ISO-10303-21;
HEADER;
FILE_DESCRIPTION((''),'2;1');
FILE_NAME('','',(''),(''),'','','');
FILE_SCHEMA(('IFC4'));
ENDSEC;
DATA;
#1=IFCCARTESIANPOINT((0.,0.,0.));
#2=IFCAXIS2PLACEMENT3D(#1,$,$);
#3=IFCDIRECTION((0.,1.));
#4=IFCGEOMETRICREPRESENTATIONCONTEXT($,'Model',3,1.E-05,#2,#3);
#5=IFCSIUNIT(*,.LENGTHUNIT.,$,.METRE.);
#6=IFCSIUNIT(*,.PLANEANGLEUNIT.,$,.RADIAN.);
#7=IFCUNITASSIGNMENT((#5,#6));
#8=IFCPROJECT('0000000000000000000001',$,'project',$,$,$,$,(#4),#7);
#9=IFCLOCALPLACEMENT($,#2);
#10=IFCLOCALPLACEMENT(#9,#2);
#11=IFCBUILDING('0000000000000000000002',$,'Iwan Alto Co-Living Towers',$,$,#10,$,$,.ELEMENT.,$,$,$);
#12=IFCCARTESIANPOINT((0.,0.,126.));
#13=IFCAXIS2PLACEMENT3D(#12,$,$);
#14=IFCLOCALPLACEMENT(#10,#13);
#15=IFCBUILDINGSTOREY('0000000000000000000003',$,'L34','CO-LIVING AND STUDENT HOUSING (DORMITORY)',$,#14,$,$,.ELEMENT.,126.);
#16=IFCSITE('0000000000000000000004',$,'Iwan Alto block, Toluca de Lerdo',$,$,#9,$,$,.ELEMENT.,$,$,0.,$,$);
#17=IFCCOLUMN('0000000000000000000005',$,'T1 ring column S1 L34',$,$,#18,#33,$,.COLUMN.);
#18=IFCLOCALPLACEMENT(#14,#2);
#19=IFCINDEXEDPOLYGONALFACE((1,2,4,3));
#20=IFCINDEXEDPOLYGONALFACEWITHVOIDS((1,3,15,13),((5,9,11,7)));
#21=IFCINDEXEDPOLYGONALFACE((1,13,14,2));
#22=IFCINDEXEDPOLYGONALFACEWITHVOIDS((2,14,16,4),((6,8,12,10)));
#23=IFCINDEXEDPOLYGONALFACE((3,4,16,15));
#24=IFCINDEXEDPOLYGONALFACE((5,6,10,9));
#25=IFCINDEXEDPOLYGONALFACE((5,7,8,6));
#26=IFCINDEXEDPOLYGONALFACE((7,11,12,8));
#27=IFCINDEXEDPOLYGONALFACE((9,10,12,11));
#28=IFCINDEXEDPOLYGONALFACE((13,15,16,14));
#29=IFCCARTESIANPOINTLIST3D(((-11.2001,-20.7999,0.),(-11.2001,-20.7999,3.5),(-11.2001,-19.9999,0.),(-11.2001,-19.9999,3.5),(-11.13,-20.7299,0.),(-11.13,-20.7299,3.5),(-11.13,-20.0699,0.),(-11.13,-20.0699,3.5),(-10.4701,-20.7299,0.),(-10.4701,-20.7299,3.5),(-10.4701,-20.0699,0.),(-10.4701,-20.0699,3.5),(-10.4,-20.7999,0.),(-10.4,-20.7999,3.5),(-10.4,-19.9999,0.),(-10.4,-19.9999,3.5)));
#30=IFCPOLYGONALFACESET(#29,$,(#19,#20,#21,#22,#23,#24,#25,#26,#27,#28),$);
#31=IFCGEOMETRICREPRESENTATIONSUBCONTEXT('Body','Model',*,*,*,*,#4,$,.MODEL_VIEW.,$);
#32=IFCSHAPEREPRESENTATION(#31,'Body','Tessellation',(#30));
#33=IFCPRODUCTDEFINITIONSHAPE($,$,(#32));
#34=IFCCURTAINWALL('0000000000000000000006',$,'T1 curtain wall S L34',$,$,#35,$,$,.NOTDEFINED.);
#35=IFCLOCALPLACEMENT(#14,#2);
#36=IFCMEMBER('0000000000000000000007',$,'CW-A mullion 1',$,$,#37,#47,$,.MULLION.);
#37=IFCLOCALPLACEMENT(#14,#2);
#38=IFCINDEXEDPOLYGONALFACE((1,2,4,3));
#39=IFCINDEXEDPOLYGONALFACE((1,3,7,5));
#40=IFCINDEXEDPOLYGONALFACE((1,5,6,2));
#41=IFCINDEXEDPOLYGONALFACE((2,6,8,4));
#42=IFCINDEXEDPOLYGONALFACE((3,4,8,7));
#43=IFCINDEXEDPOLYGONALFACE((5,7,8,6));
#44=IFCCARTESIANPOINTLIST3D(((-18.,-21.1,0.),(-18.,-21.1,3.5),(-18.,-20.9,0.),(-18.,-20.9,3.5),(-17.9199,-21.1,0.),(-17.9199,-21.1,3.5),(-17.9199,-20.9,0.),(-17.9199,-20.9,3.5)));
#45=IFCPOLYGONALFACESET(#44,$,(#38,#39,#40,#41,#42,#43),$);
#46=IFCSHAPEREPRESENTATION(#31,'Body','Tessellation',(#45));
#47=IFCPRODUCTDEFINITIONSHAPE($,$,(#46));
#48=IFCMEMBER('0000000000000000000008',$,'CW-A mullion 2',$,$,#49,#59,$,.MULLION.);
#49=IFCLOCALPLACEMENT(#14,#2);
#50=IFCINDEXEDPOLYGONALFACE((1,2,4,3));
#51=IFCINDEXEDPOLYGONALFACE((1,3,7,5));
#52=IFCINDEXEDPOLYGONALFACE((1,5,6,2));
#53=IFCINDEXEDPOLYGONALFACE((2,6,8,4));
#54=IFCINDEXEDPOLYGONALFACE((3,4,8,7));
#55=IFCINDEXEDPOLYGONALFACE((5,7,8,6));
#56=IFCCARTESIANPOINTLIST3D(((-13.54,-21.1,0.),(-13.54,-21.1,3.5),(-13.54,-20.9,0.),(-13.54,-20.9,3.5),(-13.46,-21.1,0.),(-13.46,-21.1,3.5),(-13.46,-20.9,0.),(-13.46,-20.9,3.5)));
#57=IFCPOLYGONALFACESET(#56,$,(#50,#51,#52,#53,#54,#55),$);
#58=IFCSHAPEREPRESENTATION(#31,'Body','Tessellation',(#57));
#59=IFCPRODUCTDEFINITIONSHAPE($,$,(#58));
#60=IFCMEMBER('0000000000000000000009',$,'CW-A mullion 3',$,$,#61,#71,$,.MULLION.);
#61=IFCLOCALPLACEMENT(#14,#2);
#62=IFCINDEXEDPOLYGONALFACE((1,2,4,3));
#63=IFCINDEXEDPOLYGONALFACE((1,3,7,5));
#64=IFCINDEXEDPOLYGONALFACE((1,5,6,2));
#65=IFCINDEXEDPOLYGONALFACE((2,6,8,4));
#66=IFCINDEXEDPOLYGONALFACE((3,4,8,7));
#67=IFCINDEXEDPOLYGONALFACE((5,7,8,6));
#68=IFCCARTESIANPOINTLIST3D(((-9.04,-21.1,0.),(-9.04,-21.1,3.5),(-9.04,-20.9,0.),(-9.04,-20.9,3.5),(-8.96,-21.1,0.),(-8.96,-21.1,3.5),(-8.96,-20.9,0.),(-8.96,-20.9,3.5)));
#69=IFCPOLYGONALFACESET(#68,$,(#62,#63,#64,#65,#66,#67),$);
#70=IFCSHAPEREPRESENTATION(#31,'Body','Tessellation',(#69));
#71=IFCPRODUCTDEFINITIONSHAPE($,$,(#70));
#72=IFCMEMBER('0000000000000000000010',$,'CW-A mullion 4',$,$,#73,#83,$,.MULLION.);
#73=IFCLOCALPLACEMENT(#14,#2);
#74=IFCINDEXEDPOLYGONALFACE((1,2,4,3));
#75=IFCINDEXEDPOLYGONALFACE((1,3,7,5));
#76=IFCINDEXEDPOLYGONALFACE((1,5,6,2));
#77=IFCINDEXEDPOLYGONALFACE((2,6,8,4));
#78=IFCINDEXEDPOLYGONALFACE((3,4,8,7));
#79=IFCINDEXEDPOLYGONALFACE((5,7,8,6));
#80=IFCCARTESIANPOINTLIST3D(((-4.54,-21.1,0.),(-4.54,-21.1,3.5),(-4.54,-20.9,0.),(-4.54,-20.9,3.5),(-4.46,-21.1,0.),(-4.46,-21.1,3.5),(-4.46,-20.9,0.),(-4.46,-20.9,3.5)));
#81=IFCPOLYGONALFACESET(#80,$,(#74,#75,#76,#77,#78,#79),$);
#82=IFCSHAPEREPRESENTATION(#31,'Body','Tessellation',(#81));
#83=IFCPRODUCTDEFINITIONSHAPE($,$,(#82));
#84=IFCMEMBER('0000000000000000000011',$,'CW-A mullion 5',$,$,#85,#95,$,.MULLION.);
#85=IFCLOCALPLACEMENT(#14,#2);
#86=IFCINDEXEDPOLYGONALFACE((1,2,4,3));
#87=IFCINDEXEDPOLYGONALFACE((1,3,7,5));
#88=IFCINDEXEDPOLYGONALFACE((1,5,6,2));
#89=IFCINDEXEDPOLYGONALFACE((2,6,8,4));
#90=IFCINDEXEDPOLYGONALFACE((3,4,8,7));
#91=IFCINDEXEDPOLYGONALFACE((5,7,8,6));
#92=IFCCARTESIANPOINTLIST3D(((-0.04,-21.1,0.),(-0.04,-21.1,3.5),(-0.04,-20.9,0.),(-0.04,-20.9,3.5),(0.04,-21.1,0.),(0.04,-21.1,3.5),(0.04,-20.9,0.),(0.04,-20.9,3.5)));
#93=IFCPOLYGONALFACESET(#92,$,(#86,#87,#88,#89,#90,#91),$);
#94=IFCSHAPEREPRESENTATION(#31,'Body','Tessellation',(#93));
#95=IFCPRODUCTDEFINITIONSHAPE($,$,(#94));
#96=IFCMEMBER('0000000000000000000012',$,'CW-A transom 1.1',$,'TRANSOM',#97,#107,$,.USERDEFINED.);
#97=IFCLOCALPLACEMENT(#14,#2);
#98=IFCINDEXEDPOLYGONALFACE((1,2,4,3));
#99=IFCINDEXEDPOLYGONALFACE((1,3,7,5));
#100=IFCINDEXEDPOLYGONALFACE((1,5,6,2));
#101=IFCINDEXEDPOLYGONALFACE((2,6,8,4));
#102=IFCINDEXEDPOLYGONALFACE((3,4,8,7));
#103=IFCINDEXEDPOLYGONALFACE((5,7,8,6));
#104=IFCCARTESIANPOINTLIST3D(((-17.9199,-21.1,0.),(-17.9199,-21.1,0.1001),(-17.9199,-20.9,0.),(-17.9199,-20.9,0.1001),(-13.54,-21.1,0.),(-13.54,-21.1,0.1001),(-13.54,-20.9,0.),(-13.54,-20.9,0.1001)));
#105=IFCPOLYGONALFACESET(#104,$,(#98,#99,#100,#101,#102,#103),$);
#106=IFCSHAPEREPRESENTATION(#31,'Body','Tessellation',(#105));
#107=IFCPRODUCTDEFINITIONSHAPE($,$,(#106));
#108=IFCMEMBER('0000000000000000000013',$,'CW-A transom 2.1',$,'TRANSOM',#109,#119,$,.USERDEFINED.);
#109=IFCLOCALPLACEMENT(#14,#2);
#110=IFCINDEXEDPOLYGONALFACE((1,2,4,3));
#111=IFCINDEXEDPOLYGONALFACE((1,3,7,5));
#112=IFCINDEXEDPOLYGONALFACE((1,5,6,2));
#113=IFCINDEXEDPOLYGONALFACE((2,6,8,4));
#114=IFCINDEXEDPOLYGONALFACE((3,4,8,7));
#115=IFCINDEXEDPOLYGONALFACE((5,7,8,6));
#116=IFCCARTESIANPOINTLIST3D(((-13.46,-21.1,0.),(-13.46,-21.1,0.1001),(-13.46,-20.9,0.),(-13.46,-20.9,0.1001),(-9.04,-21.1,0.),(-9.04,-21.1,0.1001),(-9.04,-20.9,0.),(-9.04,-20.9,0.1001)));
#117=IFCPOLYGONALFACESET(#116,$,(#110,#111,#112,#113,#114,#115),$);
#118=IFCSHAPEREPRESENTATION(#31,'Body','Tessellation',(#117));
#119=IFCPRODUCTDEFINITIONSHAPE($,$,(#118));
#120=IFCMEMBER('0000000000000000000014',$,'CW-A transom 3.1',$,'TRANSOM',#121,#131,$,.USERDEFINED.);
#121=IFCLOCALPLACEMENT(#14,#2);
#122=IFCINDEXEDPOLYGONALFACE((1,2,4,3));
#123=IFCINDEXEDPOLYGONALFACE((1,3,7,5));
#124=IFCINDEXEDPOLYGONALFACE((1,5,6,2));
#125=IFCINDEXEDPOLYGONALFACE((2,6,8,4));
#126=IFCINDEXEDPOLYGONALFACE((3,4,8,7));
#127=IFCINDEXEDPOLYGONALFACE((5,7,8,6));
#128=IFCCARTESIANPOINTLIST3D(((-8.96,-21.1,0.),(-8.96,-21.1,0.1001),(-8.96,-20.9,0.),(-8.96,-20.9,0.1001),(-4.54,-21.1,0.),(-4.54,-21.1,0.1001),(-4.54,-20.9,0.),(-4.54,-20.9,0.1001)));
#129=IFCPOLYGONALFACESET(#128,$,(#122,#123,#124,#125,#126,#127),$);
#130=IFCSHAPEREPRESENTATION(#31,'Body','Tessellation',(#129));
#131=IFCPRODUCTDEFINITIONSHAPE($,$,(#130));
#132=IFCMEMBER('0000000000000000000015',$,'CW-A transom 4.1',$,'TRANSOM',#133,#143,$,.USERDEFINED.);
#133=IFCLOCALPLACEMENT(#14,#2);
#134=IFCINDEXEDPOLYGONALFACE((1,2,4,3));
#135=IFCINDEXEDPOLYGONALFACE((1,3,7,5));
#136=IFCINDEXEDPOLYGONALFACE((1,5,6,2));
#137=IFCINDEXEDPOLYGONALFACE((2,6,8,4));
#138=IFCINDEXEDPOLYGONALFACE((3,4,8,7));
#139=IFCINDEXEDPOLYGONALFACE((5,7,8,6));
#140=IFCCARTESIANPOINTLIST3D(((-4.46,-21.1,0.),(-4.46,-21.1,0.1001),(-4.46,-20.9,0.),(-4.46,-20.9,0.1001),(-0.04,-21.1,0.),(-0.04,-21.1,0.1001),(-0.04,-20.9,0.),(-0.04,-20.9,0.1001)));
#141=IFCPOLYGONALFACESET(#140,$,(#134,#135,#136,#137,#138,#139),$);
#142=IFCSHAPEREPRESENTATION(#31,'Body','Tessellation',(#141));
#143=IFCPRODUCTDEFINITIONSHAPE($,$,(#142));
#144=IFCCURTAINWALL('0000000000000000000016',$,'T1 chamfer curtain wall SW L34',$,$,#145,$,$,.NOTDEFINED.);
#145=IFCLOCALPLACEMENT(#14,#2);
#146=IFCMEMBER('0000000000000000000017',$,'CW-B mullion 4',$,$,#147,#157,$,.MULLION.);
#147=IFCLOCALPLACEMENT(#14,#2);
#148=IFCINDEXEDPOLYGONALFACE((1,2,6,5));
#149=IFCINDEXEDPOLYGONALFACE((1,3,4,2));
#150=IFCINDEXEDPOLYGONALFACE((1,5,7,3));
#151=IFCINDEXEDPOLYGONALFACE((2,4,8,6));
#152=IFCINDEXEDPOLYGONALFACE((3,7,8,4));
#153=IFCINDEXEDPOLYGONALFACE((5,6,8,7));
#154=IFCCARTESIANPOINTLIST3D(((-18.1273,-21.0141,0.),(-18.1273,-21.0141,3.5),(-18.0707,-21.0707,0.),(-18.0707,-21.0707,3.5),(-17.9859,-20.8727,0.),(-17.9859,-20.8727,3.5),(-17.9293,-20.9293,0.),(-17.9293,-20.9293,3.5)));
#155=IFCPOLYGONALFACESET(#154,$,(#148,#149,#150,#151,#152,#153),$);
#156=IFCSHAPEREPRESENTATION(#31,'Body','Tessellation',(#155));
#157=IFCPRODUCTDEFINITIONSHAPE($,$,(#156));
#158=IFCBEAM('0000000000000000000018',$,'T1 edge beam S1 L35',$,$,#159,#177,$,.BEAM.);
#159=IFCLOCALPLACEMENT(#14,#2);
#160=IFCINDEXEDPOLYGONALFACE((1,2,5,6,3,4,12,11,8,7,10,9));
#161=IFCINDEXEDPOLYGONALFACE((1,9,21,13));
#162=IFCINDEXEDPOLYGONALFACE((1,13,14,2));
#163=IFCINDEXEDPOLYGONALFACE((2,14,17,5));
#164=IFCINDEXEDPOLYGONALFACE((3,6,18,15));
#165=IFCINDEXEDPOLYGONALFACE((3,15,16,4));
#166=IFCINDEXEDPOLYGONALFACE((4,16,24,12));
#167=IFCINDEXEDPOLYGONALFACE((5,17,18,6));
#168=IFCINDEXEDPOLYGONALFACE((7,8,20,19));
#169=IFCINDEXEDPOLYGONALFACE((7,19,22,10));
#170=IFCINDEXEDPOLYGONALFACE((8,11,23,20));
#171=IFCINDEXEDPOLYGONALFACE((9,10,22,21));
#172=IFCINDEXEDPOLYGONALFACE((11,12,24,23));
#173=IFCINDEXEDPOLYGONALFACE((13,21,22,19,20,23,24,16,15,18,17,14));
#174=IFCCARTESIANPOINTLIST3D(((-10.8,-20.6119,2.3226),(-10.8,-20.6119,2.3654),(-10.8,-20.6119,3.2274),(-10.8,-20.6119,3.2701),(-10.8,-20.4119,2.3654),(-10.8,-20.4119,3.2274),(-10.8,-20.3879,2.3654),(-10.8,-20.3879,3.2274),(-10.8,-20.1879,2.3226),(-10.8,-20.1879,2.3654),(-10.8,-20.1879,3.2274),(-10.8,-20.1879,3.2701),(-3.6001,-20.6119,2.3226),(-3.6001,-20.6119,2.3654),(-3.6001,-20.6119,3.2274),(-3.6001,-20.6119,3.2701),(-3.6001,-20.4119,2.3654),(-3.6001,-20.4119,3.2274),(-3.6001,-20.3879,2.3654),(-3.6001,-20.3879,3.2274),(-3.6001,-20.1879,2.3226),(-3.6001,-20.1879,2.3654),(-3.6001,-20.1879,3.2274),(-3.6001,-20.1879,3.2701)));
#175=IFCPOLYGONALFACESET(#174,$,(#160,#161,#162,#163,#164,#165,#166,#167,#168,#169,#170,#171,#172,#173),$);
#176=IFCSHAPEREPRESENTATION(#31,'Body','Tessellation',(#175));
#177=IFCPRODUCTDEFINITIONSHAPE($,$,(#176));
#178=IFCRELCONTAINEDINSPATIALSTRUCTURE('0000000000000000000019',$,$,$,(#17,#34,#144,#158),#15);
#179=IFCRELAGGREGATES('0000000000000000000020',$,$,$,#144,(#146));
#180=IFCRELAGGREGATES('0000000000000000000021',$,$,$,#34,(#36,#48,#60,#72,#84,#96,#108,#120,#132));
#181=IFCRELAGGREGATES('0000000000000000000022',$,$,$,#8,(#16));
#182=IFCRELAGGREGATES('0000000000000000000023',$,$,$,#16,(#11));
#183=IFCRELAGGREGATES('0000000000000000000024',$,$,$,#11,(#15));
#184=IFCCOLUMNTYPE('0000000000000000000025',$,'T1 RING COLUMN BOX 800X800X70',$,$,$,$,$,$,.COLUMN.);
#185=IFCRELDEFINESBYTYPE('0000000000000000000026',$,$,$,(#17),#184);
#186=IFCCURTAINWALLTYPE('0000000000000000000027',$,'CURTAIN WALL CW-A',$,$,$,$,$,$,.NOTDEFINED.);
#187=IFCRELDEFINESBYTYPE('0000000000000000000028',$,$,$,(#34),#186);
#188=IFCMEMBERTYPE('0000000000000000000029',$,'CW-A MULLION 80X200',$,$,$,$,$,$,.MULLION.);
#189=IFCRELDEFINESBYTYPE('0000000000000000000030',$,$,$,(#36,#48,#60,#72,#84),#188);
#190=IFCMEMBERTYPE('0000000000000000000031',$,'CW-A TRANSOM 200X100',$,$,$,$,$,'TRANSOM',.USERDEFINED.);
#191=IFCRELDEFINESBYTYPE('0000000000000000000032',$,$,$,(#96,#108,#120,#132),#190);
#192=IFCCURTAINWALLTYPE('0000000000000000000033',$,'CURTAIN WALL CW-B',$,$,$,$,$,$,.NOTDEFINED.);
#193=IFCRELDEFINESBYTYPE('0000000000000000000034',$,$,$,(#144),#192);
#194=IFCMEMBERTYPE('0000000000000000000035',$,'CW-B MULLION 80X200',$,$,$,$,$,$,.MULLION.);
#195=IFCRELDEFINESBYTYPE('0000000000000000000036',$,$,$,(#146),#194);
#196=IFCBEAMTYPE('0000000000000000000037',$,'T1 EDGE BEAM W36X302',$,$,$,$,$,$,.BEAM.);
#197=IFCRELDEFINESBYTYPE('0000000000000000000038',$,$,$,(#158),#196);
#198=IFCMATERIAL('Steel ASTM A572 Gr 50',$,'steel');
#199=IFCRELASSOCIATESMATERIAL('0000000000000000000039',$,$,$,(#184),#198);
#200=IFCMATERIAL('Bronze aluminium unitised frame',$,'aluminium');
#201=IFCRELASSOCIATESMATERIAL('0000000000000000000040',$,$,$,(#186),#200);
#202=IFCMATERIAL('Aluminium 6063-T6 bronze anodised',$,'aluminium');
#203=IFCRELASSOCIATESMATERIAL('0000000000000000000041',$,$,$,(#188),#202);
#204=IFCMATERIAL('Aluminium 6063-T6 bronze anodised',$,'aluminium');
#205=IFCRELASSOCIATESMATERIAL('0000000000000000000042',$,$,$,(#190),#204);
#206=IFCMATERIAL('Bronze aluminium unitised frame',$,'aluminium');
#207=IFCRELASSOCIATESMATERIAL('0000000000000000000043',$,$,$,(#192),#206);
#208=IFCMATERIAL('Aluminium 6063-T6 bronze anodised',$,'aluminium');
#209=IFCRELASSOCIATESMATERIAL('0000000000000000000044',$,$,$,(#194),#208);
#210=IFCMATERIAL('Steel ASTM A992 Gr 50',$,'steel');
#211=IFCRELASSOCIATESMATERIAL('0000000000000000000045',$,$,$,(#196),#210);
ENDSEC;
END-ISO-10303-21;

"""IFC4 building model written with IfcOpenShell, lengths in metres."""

from ifc_helpers import new_model, si_unit, direction, frame, origin, origin_2d, place, context, subcontext, project, spatial, rectangle, hollow_rectangle, i_section, extrude, material, material_profile, profile_set, type_object, element, aggregate, save


model = new_model("IFC4")

# Units and contexts
model_context = context("Model", 3, precision=1e-05, world=origin(), true_north=direction((0.0, 1.0)))
body_context = subcontext(model_context, "Body", "Model", "MODEL_VIEW")
ifc_project = project(units=[si_unit("LENGTHUNIT", "METRE"), si_unit("PLANEANGLEUNIT", "RADIAN")], contexts=[model_context])

# Site, building, storey
site_placement = place(None, origin())
site = spatial("IfcSite", under=ifc_project, at=site_placement, Name="Iwan Alto block, Toluca de Lerdo", CompositionType="ELEMENT", RefElevation=0.0)
building_placement = place(site_placement, origin())
building = spatial("IfcBuilding", under=site, at=building_placement, Name="Iwan Alto Co-Living Towers", CompositionType="ELEMENT")
storey_placement = place(building_placement, frame((0.0, 0.0, 126.0)))
storey = spatial("IfcBuildingStorey", under=building, at=storey_placement, Name="L34", Description="CO-LIVING AND STUDENT HOUSING (DORMITORY)", CompositionType="ELEMENT", Elevation=126.0)

# Column
ifc_material_1 = material(Name="Steel ASTM A572 Gr 50", Category="steel")
ifc_material_profile_1 = material_profile(ifc_material_1, hollow_rectangle(XDim=0.8, YDim=0.8, WallThickness=0.0701, at=origin_2d()), Name="BOX 800X800X70")
ifc_profile_set_1 = profile_set([ifc_material_profile_1], Name="Steel ASTM A572 Gr 50")
column_type = type_object("IfcColumnType", Name="T1 RING COLUMN BOX 800X800X70", PredefinedType="COLUMN", material=ifc_profile_set_1)
column_placement = place(storey_placement, frame((-10.8, -20.3999, 0.0), z_axis=(0.0, 0.0, 1.0), x_axis=(1.0, 0.0, 0.0)))
element("IfcColumn", 1, at=column_placement, inside=storey, type_object=column_type, Name="T1 ring column S1 L34", PredefinedType="COLUMN", context=body_context, shape_type="SweptSolid", body=[
    extrude(hollow_rectangle(XDim=0.8, YDim=0.8, WallThickness=0.0701, at=origin_2d()), origin(), (0.0, 0.0, 1.0), 3.5),
])

# Curtain wall, members
ifc_material_2 = material(Name="Bronze aluminium unitised frame", Category="aluminium")
curtain_wall_type_1 = type_object("IfcCurtainWallType", Name="CURTAIN WALL CW-A", PredefinedType="NOTDEFINED", material=ifc_material_2)
curtain_wall_1_placement = place(storey_placement, origin())
curtain_wall_1 = element("IfcCurtainWall", 2, at=curtain_wall_1_placement, inside=storey, type_object=curtain_wall_type_1, Name="T1 curtain wall S L34", PredefinedType="NOTDEFINED")
ifc_material_3 = material(Name="Aluminium 6063-T6 bronze anodised", Category="aluminium")
ifc_material_profile_2 = material_profile(ifc_material_3, rectangle(XDim=0.2, YDim=0.0801, at=origin_2d()), Name="AL 80X200")
ifc_profile_set_2 = profile_set([ifc_material_profile_2], Name="Aluminium 6063-T6 bronze anodised")
member_type_1 = type_object("IfcMemberType", Name="CW-A MULLION 80X200", PredefinedType="MULLION", material=ifc_profile_set_2)
member_1_placement = place(storey_placement, frame((-17.96, -21.0, 0.0), z_axis=(0.0, 0.0, 1.0), x_axis=(0.0, 1.0, 0.0)))
member_1 = element("IfcMember", 3, at=member_1_placement, type_object=member_type_1, Name="CW-A mullion 1", PredefinedType="MULLION", context=body_context, shape_type="SweptSolid", body=[
    extrude(rectangle(XDim=0.2, YDim=0.0801, at=origin_2d()), origin(), (0.0, 0.0, 1.0), 3.5),
])
member_2_placement = place(storey_placement, frame((-13.5, -21.0, 0.0), z_axis=(0.0, 0.0, 1.0), x_axis=(0.0, 1.0, 0.0)))
member_2 = element("IfcMember", 4, at=member_2_placement, type_object=member_type_1, Name="CW-A mullion 2", PredefinedType="MULLION", context=body_context, shape_type="SweptSolid", body=[
    extrude(rectangle(XDim=0.2, YDim=0.0801, at=origin_2d()), origin(), (0.0, 0.0, 1.0), 3.5),
])
member_3_placement = place(storey_placement, frame((-9.0, -21.0, 0.0), z_axis=(0.0, 0.0, 1.0), x_axis=(0.0, 1.0, 0.0)))
member_3 = element("IfcMember", 5, at=member_3_placement, type_object=member_type_1, Name="CW-A mullion 3", PredefinedType="MULLION", context=body_context, shape_type="SweptSolid", body=[
    extrude(rectangle(XDim=0.2, YDim=0.0801, at=origin_2d()), origin(), (0.0, 0.0, 1.0), 3.5),
])
member_4_placement = place(storey_placement, frame((-4.5, -21.0, 0.0), z_axis=(0.0, 0.0, 1.0), x_axis=(0.0, 1.0, 0.0)))
member_4 = element("IfcMember", 6, at=member_4_placement, type_object=member_type_1, Name="CW-A mullion 4", PredefinedType="MULLION", context=body_context, shape_type="SweptSolid", body=[
    extrude(rectangle(XDim=0.2, YDim=0.0801, at=origin_2d()), origin(), (0.0, 0.0, 1.0), 3.5),
])
member_5_placement = place(storey_placement, frame((0.0, -21.0, 0.0), z_axis=(0.0, 0.0, 1.0), x_axis=(0.0, 1.0, 0.0)))
member_5 = element("IfcMember", 7, at=member_5_placement, type_object=member_type_1, Name="CW-A mullion 5", PredefinedType="MULLION", context=body_context, shape_type="SweptSolid", body=[
    extrude(rectangle(XDim=0.2, YDim=0.0801, at=origin_2d()), origin(), (0.0, 0.0, 1.0), 3.5),
])
ifc_material_4 = material(Name="Aluminium 6063-T6 bronze anodised", Category="aluminium")
ifc_material_profile_3 = material_profile(ifc_material_4, rectangle(XDim=0.2, YDim=0.1001, at=origin_2d()), Name="AL 200X100")
ifc_profile_set_3 = profile_set([ifc_material_profile_3], Name="Aluminium 6063-T6 bronze anodised")
member_type_2 = type_object("IfcMemberType", Name="CW-A TRANSOM 200X100", ElementType="TRANSOM", PredefinedType="USERDEFINED", material=ifc_profile_set_3)
member_6_placement = place(storey_placement, frame((-17.9199, -21.0, 0.05), z_axis=(1.0, 0.0, 0.0), x_axis=(0.0, 1.0, 0.0)))
member_6 = element("IfcMember", 8, at=member_6_placement, type_object=member_type_2, Name="CW-A transom 1.1", ObjectType="TRANSOM", PredefinedType="USERDEFINED", context=body_context, shape_type="SweptSolid", body=[
    extrude(rectangle(XDim=0.2, YDim=0.1001, at=origin_2d()), origin(), (0.0, 0.0, 1.0), 4.3799),
])
member_7_placement = place(storey_placement, frame((-13.46, -21.0, 0.05), z_axis=(1.0, 0.0, 0.0), x_axis=(0.0, 1.0, 0.0)))
member_7 = element("IfcMember", 9, at=member_7_placement, type_object=member_type_2, Name="CW-A transom 2.1", ObjectType="TRANSOM", PredefinedType="USERDEFINED", context=body_context, shape_type="SweptSolid", body=[
    extrude(rectangle(XDim=0.2, YDim=0.1001, at=origin_2d()), origin(), (0.0, 0.0, 1.0), 4.4199),
])
member_8_placement = place(storey_placement, frame((-8.96, -21.0, 0.05), z_axis=(1.0, 0.0, 0.0), x_axis=(0.0, 1.0, 0.0)))
member_8 = element("IfcMember", 10, at=member_8_placement, type_object=member_type_2, Name="CW-A transom 3.1", ObjectType="TRANSOM", PredefinedType="USERDEFINED", context=body_context, shape_type="SweptSolid", body=[
    extrude(rectangle(XDim=0.2, YDim=0.1001, at=origin_2d()), origin(), (0.0, 0.0, 1.0), 4.4199),
])
member_9_placement = place(storey_placement, frame((-4.46, -21.0, 0.05), z_axis=(1.0, 0.0, 0.0), x_axis=(0.0, 1.0, 0.0)))
member_9 = element("IfcMember", 11, at=member_9_placement, type_object=member_type_2, Name="CW-A transom 4.1", ObjectType="TRANSOM", PredefinedType="USERDEFINED", context=body_context, shape_type="SweptSolid", body=[
    extrude(rectangle(XDim=0.2, YDim=0.1001, at=origin_2d()), origin(), (0.0, 0.0, 1.0), 4.4199),
])

# Curtain wall, member
ifc_material_5 = material(Name="Bronze aluminium unitised frame", Category="aluminium")
curtain_wall_type_2 = type_object("IfcCurtainWallType", Name="CURTAIN WALL CW-B", PredefinedType="NOTDEFINED", material=ifc_material_5)
curtain_wall_2_placement = place(storey_placement, origin())
curtain_wall_2 = element("IfcCurtainWall", 12, at=curtain_wall_2_placement, inside=storey, type_object=curtain_wall_type_2, Name="T1 chamfer curtain wall SW L34", PredefinedType="NOTDEFINED")
ifc_material_6 = material(Name="Aluminium 6063-T6 bronze anodised", Category="aluminium")
ifc_material_profile_4 = material_profile(ifc_material_6, rectangle(XDim=0.2, YDim=0.0801, at=origin_2d()), Name="AL 80X200")
ifc_profile_set_4 = profile_set([ifc_material_profile_4], Name="Aluminium 6063-T6 bronze anodised")
member_type_3 = type_object("IfcMemberType", Name="CW-B MULLION 80X200", PredefinedType="MULLION", material=ifc_profile_set_4)
member_10_placement = place(storey_placement, frame((-18.0283, -20.9717, 0.0), z_axis=(0.0, 0.0, 1.0), x_axis=(0.707107, 0.707107, 0.0)))
member_10 = element("IfcMember", 13, at=member_10_placement, type_object=member_type_3, Name="CW-B mullion 4", PredefinedType="MULLION", context=body_context, shape_type="SweptSolid", body=[
    extrude(rectangle(XDim=0.2, YDim=0.0801, at=origin_2d()), origin(), (0.0, 0.0, 1.0), 3.5),
])
aggregate(curtain_wall_2, [member_10])

# Beam
ifc_material_7 = material(Name="Steel ASTM A992 Gr 50", Category="steel")
ifc_material_profile_5 = material_profile(ifc_material_7, i_section(OverallWidth=0.4241, OverallDepth=0.9475, WebThickness=0.0239, FlangeThickness=0.0427, at=origin_2d()), Name="W36X302")
ifc_profile_set_5 = profile_set([ifc_material_profile_5], Name="Steel ASTM A992 Gr 50")
beam_type = type_object("IfcBeamType", Name="T1 EDGE BEAM W36X302", PredefinedType="BEAM", material=ifc_profile_set_5)
beam_placement = place(storey_placement, frame((-10.8, -20.3999, 2.7964), z_axis=(1.0, 0.0, 0.0), x_axis=(0.0, 1.0, 0.0)))
element("IfcBeam", 14, at=beam_placement, inside=storey, type_object=beam_type, Name="T1 edge beam S1 L35", PredefinedType="BEAM", context=body_context, shape_type="SweptSolid", body=[
    extrude(i_section(OverallWidth=0.4241, OverallDepth=0.9475, WebThickness=0.0239, FlangeThickness=0.0427, at=origin_2d()), origin(), (0.0, 0.0, 1.0), 7.2),
])

aggregate(curtain_wall_1, [member_1, member_2, member_3, member_4, member_5, member_6, member_7, member_8, member_9])

save(model, "model.ifc")
